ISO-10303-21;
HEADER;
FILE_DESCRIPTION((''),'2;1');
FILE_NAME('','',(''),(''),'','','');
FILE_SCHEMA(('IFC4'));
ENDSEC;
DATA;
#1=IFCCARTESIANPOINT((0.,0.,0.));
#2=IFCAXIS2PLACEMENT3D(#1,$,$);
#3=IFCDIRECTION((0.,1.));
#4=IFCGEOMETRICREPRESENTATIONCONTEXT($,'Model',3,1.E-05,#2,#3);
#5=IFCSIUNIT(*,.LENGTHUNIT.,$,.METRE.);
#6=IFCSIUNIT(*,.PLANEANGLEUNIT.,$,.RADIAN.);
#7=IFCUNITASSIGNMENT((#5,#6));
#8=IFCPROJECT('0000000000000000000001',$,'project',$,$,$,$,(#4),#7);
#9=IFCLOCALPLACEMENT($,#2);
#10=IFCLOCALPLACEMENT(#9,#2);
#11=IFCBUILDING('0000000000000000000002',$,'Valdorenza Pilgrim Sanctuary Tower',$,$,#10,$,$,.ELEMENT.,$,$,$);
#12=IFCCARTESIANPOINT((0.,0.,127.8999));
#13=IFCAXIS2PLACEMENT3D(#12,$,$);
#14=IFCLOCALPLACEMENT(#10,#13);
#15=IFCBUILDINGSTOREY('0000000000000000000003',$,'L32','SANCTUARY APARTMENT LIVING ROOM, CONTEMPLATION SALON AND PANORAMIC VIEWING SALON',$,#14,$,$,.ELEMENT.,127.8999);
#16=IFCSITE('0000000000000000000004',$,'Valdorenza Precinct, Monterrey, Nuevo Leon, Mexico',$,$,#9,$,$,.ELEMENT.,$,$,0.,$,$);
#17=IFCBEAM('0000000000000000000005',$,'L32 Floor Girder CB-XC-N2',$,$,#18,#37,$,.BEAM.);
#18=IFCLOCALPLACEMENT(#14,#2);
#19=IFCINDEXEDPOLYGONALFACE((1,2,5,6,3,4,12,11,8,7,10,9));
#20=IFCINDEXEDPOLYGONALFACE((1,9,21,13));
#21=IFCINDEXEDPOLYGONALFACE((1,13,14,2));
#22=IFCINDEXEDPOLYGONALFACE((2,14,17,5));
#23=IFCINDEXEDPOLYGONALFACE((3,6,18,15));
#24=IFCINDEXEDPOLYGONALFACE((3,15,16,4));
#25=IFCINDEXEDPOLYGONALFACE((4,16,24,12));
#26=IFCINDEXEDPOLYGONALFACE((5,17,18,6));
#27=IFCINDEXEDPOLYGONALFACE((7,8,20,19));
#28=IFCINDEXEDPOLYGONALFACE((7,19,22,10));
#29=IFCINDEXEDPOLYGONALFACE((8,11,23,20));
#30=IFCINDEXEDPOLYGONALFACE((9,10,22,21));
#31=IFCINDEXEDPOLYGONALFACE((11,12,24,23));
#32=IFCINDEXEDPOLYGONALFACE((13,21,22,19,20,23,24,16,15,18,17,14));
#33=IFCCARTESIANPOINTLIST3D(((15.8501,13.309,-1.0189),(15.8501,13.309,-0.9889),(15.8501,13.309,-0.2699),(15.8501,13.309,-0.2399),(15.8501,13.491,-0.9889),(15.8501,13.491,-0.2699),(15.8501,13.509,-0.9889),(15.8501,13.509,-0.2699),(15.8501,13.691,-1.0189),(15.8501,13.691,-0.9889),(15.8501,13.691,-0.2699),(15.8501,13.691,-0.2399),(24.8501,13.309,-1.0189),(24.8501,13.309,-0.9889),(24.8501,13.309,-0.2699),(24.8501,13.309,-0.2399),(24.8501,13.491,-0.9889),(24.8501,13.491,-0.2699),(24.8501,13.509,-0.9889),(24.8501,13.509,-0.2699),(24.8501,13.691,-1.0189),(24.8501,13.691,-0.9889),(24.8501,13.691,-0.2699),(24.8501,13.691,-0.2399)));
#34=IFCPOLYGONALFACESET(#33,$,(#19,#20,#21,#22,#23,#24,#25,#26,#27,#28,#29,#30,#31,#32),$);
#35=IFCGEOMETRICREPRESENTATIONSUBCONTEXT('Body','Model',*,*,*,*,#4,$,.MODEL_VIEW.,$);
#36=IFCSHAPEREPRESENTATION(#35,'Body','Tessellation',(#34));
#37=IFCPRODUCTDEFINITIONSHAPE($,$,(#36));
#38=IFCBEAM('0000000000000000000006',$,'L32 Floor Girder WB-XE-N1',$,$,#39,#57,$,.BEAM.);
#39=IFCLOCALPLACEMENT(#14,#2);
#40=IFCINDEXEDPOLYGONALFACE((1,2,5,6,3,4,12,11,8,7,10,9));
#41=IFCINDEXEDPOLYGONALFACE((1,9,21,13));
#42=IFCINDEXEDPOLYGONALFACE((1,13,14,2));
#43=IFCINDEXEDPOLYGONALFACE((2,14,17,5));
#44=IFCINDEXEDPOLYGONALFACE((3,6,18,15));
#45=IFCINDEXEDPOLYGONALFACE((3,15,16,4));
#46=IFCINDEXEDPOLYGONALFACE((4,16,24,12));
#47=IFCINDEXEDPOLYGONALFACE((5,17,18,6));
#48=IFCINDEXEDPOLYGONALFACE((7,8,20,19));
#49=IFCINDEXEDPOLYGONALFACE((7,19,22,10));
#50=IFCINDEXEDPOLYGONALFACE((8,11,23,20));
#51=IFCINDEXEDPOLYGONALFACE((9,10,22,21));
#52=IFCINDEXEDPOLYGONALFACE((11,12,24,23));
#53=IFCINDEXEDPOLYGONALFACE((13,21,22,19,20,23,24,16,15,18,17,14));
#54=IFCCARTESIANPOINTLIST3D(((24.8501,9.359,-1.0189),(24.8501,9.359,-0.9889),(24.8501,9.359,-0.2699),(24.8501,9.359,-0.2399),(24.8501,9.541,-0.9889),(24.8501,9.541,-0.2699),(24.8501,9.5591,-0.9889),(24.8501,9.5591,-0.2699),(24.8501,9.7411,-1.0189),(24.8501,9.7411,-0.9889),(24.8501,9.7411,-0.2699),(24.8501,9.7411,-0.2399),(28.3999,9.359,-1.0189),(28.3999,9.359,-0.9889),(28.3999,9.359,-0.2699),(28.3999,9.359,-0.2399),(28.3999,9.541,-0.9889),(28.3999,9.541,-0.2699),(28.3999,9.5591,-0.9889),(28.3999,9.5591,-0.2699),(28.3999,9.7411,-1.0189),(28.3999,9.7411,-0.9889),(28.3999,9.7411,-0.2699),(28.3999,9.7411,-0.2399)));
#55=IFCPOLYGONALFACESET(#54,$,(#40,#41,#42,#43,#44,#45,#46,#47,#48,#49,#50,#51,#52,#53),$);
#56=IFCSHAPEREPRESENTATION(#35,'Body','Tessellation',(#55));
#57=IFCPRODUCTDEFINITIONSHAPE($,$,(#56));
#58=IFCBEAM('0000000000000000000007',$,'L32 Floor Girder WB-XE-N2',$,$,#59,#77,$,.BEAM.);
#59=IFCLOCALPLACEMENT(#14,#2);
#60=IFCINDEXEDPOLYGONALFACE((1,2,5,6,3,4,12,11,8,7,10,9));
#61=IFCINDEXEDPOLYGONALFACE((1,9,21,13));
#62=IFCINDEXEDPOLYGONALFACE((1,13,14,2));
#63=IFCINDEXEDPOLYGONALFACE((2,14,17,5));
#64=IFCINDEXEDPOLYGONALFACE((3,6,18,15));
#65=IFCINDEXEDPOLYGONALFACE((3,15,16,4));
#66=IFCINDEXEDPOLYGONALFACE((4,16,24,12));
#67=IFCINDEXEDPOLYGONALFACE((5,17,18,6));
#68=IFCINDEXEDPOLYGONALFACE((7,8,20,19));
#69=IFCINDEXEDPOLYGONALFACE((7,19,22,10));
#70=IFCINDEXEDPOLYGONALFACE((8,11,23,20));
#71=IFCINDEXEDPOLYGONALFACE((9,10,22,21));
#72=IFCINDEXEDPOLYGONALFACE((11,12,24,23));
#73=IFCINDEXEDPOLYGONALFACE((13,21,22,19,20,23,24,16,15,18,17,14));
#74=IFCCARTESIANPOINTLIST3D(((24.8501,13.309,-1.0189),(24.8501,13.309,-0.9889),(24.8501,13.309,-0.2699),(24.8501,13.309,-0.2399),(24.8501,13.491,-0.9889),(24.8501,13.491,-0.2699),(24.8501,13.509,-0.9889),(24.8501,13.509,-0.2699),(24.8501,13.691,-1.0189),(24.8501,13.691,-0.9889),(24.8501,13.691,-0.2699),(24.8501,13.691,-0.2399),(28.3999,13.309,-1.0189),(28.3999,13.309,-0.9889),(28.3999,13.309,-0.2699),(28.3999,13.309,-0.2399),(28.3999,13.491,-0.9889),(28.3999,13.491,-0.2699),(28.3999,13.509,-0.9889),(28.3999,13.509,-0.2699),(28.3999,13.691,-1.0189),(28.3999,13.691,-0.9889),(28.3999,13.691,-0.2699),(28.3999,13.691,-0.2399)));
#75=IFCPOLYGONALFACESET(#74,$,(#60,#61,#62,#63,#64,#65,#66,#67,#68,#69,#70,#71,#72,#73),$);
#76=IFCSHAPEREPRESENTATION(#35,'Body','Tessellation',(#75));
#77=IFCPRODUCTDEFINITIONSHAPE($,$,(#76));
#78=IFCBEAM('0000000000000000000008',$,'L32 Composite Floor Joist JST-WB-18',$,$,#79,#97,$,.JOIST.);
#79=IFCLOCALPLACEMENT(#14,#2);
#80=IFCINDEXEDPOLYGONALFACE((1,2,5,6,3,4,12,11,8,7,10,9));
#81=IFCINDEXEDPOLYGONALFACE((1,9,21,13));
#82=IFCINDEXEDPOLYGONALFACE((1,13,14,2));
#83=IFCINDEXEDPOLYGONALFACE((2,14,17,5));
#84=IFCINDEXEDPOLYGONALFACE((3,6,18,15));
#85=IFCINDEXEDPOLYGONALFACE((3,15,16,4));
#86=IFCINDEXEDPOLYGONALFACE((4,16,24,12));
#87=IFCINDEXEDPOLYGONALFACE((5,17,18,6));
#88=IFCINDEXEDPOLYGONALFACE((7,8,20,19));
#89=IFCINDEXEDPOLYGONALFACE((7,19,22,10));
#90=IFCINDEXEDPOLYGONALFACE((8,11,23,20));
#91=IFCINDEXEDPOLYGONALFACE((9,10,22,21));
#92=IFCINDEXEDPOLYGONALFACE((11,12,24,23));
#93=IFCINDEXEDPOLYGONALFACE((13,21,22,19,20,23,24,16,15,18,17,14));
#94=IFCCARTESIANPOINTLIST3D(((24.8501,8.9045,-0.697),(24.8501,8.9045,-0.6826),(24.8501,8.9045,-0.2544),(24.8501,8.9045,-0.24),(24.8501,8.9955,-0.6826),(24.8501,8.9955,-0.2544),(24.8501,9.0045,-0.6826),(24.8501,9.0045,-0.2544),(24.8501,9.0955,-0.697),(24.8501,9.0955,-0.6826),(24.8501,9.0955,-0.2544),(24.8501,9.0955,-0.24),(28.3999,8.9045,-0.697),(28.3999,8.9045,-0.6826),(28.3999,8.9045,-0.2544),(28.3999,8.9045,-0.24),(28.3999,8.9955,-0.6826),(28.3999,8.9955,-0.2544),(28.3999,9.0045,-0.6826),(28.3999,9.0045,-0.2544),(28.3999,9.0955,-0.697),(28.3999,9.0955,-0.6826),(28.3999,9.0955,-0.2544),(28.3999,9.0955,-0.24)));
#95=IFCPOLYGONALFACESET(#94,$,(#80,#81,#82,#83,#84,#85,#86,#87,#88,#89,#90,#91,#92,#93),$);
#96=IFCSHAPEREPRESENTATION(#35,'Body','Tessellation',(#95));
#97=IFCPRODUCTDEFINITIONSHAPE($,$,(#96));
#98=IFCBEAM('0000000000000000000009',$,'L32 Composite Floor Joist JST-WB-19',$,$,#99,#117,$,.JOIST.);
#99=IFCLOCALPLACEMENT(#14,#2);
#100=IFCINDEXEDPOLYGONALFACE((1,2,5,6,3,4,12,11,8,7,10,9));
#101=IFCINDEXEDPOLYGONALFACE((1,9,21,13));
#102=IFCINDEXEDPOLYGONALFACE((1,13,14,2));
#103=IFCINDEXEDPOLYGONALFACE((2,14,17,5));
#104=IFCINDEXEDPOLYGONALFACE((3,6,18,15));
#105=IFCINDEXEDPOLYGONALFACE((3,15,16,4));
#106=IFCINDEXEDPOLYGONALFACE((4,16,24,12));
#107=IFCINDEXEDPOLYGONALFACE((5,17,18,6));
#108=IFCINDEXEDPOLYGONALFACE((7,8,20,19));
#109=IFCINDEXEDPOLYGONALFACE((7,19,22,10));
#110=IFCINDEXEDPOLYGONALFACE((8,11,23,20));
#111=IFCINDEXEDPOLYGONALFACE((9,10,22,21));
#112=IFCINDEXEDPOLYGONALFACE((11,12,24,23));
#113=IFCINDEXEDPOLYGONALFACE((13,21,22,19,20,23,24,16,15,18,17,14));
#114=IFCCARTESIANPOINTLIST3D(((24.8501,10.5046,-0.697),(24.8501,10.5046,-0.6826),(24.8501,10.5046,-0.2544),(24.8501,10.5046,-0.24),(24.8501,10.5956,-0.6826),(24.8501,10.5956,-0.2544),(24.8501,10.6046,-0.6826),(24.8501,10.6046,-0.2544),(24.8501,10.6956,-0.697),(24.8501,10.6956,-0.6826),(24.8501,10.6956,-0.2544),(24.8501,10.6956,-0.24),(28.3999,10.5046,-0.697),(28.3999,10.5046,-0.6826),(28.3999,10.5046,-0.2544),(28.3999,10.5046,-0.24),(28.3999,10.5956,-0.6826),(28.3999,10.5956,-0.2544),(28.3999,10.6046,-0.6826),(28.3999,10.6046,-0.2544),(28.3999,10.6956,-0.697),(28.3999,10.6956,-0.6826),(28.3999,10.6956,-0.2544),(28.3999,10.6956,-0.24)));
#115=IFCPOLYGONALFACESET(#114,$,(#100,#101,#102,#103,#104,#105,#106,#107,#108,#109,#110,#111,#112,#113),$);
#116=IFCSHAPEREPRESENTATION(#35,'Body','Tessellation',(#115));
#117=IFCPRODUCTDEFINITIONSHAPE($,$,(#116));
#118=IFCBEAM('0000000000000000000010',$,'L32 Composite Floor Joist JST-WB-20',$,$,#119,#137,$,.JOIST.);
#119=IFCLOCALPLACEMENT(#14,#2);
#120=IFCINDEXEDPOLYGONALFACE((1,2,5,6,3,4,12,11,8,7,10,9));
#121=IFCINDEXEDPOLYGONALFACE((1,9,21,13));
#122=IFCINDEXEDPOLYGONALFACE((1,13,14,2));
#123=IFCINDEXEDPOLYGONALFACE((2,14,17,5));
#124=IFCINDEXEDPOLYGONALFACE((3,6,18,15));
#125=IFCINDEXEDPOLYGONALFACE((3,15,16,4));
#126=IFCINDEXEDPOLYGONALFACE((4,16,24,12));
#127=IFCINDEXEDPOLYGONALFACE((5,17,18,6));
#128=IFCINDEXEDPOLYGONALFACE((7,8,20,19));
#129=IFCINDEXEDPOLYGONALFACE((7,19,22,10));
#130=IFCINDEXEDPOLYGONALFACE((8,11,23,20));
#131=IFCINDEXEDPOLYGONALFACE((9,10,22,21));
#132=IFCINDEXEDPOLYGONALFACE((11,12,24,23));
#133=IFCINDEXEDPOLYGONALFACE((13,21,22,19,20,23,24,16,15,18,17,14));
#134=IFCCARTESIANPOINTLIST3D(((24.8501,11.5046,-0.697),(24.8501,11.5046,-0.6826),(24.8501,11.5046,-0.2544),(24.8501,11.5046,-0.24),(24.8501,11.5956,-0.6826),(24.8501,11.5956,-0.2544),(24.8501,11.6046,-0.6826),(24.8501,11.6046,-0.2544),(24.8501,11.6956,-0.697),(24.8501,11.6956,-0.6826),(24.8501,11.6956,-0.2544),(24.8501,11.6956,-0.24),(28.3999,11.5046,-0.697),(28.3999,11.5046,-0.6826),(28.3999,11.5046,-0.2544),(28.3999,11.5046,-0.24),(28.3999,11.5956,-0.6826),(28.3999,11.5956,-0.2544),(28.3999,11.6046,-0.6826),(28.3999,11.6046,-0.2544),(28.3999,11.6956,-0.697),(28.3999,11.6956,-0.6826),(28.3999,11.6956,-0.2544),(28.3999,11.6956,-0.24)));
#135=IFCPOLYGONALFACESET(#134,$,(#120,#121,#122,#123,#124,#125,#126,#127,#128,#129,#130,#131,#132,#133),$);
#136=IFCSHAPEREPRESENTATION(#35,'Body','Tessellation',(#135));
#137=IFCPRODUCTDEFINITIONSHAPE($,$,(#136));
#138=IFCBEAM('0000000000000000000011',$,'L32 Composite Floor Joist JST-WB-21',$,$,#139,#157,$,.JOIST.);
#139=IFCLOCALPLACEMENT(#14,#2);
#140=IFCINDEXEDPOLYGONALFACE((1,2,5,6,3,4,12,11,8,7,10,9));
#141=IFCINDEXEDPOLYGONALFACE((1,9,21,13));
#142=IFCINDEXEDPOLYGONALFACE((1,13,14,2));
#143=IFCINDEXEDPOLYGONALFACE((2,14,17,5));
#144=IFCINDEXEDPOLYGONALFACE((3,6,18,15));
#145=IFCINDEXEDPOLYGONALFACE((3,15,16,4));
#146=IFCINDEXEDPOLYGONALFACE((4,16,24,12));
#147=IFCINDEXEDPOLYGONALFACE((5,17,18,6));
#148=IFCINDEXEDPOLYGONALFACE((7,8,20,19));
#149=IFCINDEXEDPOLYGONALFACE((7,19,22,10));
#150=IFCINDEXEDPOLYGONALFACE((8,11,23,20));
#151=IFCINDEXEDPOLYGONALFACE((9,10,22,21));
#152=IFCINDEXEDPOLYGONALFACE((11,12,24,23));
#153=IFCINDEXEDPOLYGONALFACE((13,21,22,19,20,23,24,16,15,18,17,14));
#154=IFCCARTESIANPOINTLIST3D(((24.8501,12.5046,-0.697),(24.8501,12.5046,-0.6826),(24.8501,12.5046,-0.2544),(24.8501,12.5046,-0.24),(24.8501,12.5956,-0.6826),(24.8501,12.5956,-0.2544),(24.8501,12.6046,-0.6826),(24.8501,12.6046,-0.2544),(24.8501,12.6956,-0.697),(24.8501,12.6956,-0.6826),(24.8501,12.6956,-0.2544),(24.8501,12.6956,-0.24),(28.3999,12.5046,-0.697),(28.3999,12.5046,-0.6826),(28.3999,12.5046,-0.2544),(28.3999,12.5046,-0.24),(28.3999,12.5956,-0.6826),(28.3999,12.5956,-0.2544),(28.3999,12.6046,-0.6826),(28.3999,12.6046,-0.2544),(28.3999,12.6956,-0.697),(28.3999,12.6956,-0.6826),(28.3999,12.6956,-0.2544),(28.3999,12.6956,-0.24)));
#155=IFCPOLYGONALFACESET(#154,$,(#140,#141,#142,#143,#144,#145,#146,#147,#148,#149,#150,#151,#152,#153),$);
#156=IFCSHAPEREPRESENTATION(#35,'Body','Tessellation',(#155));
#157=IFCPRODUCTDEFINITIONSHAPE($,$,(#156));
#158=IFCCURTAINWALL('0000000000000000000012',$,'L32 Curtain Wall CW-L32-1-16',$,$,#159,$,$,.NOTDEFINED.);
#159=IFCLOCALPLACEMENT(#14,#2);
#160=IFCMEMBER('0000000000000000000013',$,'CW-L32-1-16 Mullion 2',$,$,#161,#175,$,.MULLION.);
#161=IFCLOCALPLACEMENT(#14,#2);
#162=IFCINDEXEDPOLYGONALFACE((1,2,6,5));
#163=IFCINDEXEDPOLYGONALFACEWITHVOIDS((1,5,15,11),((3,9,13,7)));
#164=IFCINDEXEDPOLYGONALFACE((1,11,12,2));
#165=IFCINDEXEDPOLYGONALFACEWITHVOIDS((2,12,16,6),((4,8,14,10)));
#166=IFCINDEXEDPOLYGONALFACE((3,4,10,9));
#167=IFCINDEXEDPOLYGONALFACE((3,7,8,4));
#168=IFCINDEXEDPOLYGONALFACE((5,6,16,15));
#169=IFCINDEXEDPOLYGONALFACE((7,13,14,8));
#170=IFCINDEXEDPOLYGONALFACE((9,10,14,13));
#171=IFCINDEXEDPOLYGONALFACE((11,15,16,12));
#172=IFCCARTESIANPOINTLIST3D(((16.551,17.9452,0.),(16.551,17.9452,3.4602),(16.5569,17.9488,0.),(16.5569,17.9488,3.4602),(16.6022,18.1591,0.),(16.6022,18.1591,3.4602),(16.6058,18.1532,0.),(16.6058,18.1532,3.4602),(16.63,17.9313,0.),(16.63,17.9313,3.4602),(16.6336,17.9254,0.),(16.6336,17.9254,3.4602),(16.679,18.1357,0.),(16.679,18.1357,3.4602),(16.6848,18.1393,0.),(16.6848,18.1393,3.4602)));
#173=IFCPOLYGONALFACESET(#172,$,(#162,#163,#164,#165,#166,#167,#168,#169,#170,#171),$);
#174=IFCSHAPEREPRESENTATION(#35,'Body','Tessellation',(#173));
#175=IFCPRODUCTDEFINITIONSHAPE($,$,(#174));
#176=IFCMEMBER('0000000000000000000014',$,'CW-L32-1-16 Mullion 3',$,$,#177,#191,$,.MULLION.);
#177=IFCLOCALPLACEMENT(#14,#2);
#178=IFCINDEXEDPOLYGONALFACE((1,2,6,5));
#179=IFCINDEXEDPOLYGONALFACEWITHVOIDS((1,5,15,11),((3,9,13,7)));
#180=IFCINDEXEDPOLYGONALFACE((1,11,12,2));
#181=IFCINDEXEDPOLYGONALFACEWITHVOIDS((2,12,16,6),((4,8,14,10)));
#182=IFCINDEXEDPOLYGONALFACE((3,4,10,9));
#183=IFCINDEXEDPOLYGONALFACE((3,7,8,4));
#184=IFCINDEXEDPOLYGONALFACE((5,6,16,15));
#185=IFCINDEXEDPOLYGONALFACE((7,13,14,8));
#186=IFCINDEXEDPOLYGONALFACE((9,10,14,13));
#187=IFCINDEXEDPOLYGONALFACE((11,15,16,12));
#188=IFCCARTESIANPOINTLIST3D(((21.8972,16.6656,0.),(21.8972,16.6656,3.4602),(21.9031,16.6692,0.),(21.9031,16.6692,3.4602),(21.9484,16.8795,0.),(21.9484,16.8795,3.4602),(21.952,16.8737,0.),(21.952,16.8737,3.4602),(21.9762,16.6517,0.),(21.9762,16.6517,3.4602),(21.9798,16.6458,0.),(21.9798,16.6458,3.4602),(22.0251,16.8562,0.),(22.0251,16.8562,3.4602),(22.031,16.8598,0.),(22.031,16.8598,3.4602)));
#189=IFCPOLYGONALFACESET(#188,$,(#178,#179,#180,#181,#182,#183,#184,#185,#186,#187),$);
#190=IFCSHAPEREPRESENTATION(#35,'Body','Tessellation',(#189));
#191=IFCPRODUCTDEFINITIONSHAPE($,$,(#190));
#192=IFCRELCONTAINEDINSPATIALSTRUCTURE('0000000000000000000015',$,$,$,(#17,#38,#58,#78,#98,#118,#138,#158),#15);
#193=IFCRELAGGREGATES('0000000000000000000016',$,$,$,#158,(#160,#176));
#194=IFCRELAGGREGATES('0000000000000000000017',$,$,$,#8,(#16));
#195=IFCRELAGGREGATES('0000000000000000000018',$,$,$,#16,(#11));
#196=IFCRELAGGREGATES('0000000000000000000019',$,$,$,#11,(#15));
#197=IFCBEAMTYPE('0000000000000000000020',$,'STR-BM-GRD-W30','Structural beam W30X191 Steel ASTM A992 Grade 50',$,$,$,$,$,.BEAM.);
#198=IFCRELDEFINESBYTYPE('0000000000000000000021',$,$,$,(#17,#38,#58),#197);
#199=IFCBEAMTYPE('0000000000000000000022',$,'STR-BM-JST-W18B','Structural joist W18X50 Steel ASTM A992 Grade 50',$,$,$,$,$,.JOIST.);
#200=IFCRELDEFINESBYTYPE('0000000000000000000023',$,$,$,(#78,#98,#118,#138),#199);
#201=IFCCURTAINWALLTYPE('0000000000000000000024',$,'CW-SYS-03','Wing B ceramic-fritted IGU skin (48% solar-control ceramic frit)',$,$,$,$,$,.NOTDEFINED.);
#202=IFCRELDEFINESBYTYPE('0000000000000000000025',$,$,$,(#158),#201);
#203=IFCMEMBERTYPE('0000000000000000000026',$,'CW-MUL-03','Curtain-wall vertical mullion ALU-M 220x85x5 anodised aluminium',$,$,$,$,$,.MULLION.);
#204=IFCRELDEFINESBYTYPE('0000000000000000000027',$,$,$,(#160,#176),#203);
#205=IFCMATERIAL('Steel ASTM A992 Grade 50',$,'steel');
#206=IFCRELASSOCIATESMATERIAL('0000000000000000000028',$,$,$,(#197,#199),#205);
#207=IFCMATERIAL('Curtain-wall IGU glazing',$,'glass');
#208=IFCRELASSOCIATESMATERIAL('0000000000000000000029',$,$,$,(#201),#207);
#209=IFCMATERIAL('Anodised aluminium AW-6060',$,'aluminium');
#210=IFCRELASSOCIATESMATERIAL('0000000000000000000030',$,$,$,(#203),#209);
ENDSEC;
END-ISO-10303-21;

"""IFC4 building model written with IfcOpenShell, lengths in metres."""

from ifc_helpers import new_model, si_unit, direction, frame, origin, origin_2d, place, context, subcontext, project, spatial, hollow_rectangle, i_section, extrude, source, transform, mapped, material, material_profile, profile_set, type_object, element, aggregate, save


model = new_model("IFC4")

# Units and contexts
model_context = context("Model", 3, precision=1e-05, world=origin(), true_north=direction((0.0, 1.0)))
body_context = subcontext(model_context, "Body", "Model", "MODEL_VIEW")
ifc_project = project(units=[si_unit("LENGTHUNIT", "METRE"), si_unit("PLANEANGLEUNIT", "RADIAN")], contexts=[model_context])

# Site, building, storey
site_placement = place(None, origin())
site = spatial("IfcSite", under=ifc_project, at=site_placement, Name="Valdorenza Precinct, Monterrey, Nuevo Leon, Mexico", CompositionType="ELEMENT", RefElevation=0.0)
building_placement = place(site_placement, origin())
building = spatial("IfcBuilding", under=site, at=building_placement, Name="Valdorenza Pilgrim Sanctuary Tower", CompositionType="ELEMENT")
storey_placement = place(building_placement, frame((0.0, 0.0, 127.8999)))
storey = spatial("IfcBuildingStorey", under=building, at=storey_placement, Name="L32", Description="SANCTUARY APARTMENT LIVING ROOM, CONTEMPLATION SALON AND PANORAMIC VIEWING SALON", CompositionType="ELEMENT", Elevation=127.8999)

# Shared definitions
ifc_material_1 = material(Name="Steel ASTM A992 Grade 50", Category="steel")

# Beams
ifc_material_profile_1 = material_profile(ifc_material_1, i_section(OverallWidth=0.3821, OverallDepth=0.7791, WebThickness=0.0181, FlangeThickness=0.03, at=origin_2d()), Name="W30X191")
ifc_profile_set_1 = profile_set([ifc_material_profile_1], Name="Steel ASTM A992 Grade 50")
beam_type_1 = type_object("IfcBeamType", Name="STR-BM-GRD-W30", Description="Structural beam W30X191 Steel ASTM A992 Grade 50", PredefinedType="BEAM", material=ifc_profile_set_1)
shared_shape_1 = source(origin(), body_context, "Body", "SweptSolid", [
    extrude(i_section(OverallWidth=0.3821, OverallDepth=0.7791, WebThickness=0.0181, FlangeThickness=0.03, at=origin_2d()), origin(), (0.0, 0.0, 1.0), 9.0),
])
for number, where, z_axis, x_axis, name in (
    (1, (15.8501, 13.5, -0.6294), (1.0, 0.0, 0.0), (0.0, 1.0, 0.0), "L32 Floor Girder CB-XC-N2"),
):
    element("IfcBeam", number, at=place(storey_placement, frame(where, z_axis=z_axis, x_axis=x_axis)), inside=storey, type_object=beam_type_1, Name=name, PredefinedType="BEAM", context=body_context, shape_type="MappedRepresentation", body=[
        mapped(shared_shape_1, transform((0.0, 0.0, 0.0), x_axis=(1.0, 0.0, 0.0), y_axis=(0.0, 1.0, 0.0), z_axis=(0.0, 0.0, 1.0), scale=1.0)),
    ])
shared_shape_2 = source(origin(), body_context, "Body", "SweptSolid", [
    extrude(i_section(OverallWidth=0.3821, OverallDepth=0.7791, WebThickness=0.0181, FlangeThickness=0.03, at=origin_2d()), origin(), (0.0, 0.0, 1.0), 3.5498),
])
for number, where, z_axis, x_axis, name in (
    (2, (24.8501, 9.55, -0.6294), (1.0, 0.0, 0.0), (0.0, 1.0, 0.0), "L32 Floor Girder WB-XE-N1"),
    (3, (24.8501, 13.5, -0.6294), (1.0, 0.0, 0.0), (0.0, 1.0, 0.0), "L32 Floor Girder WB-XE-N2"),
):
    element("IfcBeam", number, at=place(storey_placement, frame(where, z_axis=z_axis, x_axis=x_axis)), inside=storey, type_object=beam_type_1, Name=name, PredefinedType="BEAM", context=body_context, shape_type="MappedRepresentation", body=[
        mapped(shared_shape_2, transform((0.0, 0.0, 0.0), x_axis=(1.0, 0.0, 0.0), y_axis=(0.0, 1.0, 0.0), z_axis=(0.0, 0.0, 1.0), scale=1.0)),
    ])
ifc_material_profile_2 = material_profile(ifc_material_1, i_section(OverallWidth=0.1909, OverallDepth=0.457, WebThickness=0.009, FlangeThickness=0.0144, at=origin_2d()), Name="W18X50")
ifc_profile_set_2 = profile_set([ifc_material_profile_2], Name="Steel ASTM A992 Grade 50")
beam_type_2 = type_object("IfcBeamType", Name="STR-BM-JST-W18B", Description="Structural joist W18X50 Steel ASTM A992 Grade 50", PredefinedType="JOIST", material=ifc_profile_set_2)
shared_shape_3 = source(origin(), body_context, "Body", "SweptSolid", [
    extrude(i_section(OverallWidth=0.1909, OverallDepth=0.457, WebThickness=0.009, FlangeThickness=0.0144, at=origin_2d()), origin(), (0.0, 0.0, 1.0), 3.5498),
])
for number, where, z_axis, x_axis, name in (
    (4, (24.8501, 9.0, -0.4685), (1.0, 0.0, 0.0), (0.0, 1.0, 0.0), "L32 Composite Floor Joist JST-WB-18"),
    (5, (24.8501, 10.6001, -0.4685), (1.0, 0.0, 0.0), (0.0, 1.0, 0.0), "L32 Composite Floor Joist JST-WB-19"),
    (6, (24.8501, 11.6001, -0.4685), (1.0, 0.0, 0.0), (0.0, 1.0, 0.0), "L32 Composite Floor Joist JST-WB-20"),
    (7, (24.8501, 12.6001, -0.4685), (1.0, 0.0, 0.0), (0.0, 1.0, 0.0), "L32 Composite Floor Joist JST-WB-21"),
):
    element("IfcBeam", number, at=place(storey_placement, frame(where, z_axis=z_axis, x_axis=x_axis)), inside=storey, type_object=beam_type_2, Name=name, PredefinedType="JOIST", context=body_context, shape_type="MappedRepresentation", body=[
        mapped(shared_shape_3, transform((0.0, 0.0, 0.0), x_axis=(1.0, 0.0, 0.0), y_axis=(0.0, 1.0, 0.0), z_axis=(0.0, 0.0, 1.0), scale=1.0)),
    ])

# Curtain wall, members
ifc_material_2 = material(Name="Curtain-wall IGU glazing", Category="glass")
curtain_wall_type = type_object("IfcCurtainWallType", Name="CW-SYS-03", Description="Wing B ceramic-fritted IGU skin (48% solar-control ceramic frit)", PredefinedType="NOTDEFINED", material=ifc_material_2)
curtain_wall_1_placement = place(storey_placement, origin())
curtain_wall_1 = element("IfcCurtainWall", 8, at=curtain_wall_1_placement, inside=storey, type_object=curtain_wall_type, Name="L32 Curtain Wall CW-L32-1-16", PredefinedType="NOTDEFINED")
ifc_material_3 = material(Name="Anodised aluminium AW-6060", Category="aluminium")
ifc_material_profile_3 = material_profile(ifc_material_3, hollow_rectangle(XDim=0.085, YDim=0.22, WallThickness=0.0049, at=origin_2d()), Name="ALU-M 220x85x5")
ifc_profile_set_3 = profile_set([ifc_material_profile_3], Name="Anodised aluminium AW-6060")
member_type_1 = type_object("IfcMemberType", Name="CW-MUL-03", Description="Curtain-wall vertical mullion ALU-M 220x85x5 anodised aluminium", PredefinedType="MULLION", material=ifc_profile_set_3)
shared_shape_4 = source(origin(), body_context, "Body", "SweptSolid", [
    extrude(hollow_rectangle(XDim=0.085, YDim=0.22, WallThickness=0.0049, at=origin_2d()), origin(), (0.0, 0.0, 1.0), 3.4602),
])
member_1_placement = place(storey_placement, frame((16.6179, 18.0422, 0.0), z_axis=(0.0, 0.0, 1.0), x_axis=(0.972529, -0.232783, 0.0)))
member_1 = element("IfcMember", 9, at=member_1_placement, type_object=member_type_1, Name="CW-L32-1-16 Mullion 2", PredefinedType="MULLION", context=body_context, shape_type="MappedRepresentation", body=[
    mapped(shared_shape_4, transform((0.0, 0.0, 0.0), x_axis=(1.0, 0.0, 0.0), y_axis=(0.0, 1.0, 0.0), z_axis=(0.0, 0.0, 1.0), scale=1.0)),
])
member_2_placement = place(storey_placement, frame((21.9641, 16.7627, 0.0), z_axis=(0.0, 0.0, 1.0), x_axis=(0.972529, -0.232783, 0.0)))
member_2 = element("IfcMember", 10, at=member_2_placement, type_object=member_type_1, Name="CW-L32-1-16 Mullion 3", PredefinedType="MULLION", context=body_context, shape_type="MappedRepresentation", body=[
    mapped(shared_shape_4, transform((0.0, 0.0, 0.0), x_axis=(1.0, 0.0, 0.0), y_axis=(0.0, 1.0, 0.0), z_axis=(0.0, 0.0, 1.0), scale=1.0)),
])

aggregate(curtain_wall_1, [member_1, member_2])

save(model, "model.ifc")
